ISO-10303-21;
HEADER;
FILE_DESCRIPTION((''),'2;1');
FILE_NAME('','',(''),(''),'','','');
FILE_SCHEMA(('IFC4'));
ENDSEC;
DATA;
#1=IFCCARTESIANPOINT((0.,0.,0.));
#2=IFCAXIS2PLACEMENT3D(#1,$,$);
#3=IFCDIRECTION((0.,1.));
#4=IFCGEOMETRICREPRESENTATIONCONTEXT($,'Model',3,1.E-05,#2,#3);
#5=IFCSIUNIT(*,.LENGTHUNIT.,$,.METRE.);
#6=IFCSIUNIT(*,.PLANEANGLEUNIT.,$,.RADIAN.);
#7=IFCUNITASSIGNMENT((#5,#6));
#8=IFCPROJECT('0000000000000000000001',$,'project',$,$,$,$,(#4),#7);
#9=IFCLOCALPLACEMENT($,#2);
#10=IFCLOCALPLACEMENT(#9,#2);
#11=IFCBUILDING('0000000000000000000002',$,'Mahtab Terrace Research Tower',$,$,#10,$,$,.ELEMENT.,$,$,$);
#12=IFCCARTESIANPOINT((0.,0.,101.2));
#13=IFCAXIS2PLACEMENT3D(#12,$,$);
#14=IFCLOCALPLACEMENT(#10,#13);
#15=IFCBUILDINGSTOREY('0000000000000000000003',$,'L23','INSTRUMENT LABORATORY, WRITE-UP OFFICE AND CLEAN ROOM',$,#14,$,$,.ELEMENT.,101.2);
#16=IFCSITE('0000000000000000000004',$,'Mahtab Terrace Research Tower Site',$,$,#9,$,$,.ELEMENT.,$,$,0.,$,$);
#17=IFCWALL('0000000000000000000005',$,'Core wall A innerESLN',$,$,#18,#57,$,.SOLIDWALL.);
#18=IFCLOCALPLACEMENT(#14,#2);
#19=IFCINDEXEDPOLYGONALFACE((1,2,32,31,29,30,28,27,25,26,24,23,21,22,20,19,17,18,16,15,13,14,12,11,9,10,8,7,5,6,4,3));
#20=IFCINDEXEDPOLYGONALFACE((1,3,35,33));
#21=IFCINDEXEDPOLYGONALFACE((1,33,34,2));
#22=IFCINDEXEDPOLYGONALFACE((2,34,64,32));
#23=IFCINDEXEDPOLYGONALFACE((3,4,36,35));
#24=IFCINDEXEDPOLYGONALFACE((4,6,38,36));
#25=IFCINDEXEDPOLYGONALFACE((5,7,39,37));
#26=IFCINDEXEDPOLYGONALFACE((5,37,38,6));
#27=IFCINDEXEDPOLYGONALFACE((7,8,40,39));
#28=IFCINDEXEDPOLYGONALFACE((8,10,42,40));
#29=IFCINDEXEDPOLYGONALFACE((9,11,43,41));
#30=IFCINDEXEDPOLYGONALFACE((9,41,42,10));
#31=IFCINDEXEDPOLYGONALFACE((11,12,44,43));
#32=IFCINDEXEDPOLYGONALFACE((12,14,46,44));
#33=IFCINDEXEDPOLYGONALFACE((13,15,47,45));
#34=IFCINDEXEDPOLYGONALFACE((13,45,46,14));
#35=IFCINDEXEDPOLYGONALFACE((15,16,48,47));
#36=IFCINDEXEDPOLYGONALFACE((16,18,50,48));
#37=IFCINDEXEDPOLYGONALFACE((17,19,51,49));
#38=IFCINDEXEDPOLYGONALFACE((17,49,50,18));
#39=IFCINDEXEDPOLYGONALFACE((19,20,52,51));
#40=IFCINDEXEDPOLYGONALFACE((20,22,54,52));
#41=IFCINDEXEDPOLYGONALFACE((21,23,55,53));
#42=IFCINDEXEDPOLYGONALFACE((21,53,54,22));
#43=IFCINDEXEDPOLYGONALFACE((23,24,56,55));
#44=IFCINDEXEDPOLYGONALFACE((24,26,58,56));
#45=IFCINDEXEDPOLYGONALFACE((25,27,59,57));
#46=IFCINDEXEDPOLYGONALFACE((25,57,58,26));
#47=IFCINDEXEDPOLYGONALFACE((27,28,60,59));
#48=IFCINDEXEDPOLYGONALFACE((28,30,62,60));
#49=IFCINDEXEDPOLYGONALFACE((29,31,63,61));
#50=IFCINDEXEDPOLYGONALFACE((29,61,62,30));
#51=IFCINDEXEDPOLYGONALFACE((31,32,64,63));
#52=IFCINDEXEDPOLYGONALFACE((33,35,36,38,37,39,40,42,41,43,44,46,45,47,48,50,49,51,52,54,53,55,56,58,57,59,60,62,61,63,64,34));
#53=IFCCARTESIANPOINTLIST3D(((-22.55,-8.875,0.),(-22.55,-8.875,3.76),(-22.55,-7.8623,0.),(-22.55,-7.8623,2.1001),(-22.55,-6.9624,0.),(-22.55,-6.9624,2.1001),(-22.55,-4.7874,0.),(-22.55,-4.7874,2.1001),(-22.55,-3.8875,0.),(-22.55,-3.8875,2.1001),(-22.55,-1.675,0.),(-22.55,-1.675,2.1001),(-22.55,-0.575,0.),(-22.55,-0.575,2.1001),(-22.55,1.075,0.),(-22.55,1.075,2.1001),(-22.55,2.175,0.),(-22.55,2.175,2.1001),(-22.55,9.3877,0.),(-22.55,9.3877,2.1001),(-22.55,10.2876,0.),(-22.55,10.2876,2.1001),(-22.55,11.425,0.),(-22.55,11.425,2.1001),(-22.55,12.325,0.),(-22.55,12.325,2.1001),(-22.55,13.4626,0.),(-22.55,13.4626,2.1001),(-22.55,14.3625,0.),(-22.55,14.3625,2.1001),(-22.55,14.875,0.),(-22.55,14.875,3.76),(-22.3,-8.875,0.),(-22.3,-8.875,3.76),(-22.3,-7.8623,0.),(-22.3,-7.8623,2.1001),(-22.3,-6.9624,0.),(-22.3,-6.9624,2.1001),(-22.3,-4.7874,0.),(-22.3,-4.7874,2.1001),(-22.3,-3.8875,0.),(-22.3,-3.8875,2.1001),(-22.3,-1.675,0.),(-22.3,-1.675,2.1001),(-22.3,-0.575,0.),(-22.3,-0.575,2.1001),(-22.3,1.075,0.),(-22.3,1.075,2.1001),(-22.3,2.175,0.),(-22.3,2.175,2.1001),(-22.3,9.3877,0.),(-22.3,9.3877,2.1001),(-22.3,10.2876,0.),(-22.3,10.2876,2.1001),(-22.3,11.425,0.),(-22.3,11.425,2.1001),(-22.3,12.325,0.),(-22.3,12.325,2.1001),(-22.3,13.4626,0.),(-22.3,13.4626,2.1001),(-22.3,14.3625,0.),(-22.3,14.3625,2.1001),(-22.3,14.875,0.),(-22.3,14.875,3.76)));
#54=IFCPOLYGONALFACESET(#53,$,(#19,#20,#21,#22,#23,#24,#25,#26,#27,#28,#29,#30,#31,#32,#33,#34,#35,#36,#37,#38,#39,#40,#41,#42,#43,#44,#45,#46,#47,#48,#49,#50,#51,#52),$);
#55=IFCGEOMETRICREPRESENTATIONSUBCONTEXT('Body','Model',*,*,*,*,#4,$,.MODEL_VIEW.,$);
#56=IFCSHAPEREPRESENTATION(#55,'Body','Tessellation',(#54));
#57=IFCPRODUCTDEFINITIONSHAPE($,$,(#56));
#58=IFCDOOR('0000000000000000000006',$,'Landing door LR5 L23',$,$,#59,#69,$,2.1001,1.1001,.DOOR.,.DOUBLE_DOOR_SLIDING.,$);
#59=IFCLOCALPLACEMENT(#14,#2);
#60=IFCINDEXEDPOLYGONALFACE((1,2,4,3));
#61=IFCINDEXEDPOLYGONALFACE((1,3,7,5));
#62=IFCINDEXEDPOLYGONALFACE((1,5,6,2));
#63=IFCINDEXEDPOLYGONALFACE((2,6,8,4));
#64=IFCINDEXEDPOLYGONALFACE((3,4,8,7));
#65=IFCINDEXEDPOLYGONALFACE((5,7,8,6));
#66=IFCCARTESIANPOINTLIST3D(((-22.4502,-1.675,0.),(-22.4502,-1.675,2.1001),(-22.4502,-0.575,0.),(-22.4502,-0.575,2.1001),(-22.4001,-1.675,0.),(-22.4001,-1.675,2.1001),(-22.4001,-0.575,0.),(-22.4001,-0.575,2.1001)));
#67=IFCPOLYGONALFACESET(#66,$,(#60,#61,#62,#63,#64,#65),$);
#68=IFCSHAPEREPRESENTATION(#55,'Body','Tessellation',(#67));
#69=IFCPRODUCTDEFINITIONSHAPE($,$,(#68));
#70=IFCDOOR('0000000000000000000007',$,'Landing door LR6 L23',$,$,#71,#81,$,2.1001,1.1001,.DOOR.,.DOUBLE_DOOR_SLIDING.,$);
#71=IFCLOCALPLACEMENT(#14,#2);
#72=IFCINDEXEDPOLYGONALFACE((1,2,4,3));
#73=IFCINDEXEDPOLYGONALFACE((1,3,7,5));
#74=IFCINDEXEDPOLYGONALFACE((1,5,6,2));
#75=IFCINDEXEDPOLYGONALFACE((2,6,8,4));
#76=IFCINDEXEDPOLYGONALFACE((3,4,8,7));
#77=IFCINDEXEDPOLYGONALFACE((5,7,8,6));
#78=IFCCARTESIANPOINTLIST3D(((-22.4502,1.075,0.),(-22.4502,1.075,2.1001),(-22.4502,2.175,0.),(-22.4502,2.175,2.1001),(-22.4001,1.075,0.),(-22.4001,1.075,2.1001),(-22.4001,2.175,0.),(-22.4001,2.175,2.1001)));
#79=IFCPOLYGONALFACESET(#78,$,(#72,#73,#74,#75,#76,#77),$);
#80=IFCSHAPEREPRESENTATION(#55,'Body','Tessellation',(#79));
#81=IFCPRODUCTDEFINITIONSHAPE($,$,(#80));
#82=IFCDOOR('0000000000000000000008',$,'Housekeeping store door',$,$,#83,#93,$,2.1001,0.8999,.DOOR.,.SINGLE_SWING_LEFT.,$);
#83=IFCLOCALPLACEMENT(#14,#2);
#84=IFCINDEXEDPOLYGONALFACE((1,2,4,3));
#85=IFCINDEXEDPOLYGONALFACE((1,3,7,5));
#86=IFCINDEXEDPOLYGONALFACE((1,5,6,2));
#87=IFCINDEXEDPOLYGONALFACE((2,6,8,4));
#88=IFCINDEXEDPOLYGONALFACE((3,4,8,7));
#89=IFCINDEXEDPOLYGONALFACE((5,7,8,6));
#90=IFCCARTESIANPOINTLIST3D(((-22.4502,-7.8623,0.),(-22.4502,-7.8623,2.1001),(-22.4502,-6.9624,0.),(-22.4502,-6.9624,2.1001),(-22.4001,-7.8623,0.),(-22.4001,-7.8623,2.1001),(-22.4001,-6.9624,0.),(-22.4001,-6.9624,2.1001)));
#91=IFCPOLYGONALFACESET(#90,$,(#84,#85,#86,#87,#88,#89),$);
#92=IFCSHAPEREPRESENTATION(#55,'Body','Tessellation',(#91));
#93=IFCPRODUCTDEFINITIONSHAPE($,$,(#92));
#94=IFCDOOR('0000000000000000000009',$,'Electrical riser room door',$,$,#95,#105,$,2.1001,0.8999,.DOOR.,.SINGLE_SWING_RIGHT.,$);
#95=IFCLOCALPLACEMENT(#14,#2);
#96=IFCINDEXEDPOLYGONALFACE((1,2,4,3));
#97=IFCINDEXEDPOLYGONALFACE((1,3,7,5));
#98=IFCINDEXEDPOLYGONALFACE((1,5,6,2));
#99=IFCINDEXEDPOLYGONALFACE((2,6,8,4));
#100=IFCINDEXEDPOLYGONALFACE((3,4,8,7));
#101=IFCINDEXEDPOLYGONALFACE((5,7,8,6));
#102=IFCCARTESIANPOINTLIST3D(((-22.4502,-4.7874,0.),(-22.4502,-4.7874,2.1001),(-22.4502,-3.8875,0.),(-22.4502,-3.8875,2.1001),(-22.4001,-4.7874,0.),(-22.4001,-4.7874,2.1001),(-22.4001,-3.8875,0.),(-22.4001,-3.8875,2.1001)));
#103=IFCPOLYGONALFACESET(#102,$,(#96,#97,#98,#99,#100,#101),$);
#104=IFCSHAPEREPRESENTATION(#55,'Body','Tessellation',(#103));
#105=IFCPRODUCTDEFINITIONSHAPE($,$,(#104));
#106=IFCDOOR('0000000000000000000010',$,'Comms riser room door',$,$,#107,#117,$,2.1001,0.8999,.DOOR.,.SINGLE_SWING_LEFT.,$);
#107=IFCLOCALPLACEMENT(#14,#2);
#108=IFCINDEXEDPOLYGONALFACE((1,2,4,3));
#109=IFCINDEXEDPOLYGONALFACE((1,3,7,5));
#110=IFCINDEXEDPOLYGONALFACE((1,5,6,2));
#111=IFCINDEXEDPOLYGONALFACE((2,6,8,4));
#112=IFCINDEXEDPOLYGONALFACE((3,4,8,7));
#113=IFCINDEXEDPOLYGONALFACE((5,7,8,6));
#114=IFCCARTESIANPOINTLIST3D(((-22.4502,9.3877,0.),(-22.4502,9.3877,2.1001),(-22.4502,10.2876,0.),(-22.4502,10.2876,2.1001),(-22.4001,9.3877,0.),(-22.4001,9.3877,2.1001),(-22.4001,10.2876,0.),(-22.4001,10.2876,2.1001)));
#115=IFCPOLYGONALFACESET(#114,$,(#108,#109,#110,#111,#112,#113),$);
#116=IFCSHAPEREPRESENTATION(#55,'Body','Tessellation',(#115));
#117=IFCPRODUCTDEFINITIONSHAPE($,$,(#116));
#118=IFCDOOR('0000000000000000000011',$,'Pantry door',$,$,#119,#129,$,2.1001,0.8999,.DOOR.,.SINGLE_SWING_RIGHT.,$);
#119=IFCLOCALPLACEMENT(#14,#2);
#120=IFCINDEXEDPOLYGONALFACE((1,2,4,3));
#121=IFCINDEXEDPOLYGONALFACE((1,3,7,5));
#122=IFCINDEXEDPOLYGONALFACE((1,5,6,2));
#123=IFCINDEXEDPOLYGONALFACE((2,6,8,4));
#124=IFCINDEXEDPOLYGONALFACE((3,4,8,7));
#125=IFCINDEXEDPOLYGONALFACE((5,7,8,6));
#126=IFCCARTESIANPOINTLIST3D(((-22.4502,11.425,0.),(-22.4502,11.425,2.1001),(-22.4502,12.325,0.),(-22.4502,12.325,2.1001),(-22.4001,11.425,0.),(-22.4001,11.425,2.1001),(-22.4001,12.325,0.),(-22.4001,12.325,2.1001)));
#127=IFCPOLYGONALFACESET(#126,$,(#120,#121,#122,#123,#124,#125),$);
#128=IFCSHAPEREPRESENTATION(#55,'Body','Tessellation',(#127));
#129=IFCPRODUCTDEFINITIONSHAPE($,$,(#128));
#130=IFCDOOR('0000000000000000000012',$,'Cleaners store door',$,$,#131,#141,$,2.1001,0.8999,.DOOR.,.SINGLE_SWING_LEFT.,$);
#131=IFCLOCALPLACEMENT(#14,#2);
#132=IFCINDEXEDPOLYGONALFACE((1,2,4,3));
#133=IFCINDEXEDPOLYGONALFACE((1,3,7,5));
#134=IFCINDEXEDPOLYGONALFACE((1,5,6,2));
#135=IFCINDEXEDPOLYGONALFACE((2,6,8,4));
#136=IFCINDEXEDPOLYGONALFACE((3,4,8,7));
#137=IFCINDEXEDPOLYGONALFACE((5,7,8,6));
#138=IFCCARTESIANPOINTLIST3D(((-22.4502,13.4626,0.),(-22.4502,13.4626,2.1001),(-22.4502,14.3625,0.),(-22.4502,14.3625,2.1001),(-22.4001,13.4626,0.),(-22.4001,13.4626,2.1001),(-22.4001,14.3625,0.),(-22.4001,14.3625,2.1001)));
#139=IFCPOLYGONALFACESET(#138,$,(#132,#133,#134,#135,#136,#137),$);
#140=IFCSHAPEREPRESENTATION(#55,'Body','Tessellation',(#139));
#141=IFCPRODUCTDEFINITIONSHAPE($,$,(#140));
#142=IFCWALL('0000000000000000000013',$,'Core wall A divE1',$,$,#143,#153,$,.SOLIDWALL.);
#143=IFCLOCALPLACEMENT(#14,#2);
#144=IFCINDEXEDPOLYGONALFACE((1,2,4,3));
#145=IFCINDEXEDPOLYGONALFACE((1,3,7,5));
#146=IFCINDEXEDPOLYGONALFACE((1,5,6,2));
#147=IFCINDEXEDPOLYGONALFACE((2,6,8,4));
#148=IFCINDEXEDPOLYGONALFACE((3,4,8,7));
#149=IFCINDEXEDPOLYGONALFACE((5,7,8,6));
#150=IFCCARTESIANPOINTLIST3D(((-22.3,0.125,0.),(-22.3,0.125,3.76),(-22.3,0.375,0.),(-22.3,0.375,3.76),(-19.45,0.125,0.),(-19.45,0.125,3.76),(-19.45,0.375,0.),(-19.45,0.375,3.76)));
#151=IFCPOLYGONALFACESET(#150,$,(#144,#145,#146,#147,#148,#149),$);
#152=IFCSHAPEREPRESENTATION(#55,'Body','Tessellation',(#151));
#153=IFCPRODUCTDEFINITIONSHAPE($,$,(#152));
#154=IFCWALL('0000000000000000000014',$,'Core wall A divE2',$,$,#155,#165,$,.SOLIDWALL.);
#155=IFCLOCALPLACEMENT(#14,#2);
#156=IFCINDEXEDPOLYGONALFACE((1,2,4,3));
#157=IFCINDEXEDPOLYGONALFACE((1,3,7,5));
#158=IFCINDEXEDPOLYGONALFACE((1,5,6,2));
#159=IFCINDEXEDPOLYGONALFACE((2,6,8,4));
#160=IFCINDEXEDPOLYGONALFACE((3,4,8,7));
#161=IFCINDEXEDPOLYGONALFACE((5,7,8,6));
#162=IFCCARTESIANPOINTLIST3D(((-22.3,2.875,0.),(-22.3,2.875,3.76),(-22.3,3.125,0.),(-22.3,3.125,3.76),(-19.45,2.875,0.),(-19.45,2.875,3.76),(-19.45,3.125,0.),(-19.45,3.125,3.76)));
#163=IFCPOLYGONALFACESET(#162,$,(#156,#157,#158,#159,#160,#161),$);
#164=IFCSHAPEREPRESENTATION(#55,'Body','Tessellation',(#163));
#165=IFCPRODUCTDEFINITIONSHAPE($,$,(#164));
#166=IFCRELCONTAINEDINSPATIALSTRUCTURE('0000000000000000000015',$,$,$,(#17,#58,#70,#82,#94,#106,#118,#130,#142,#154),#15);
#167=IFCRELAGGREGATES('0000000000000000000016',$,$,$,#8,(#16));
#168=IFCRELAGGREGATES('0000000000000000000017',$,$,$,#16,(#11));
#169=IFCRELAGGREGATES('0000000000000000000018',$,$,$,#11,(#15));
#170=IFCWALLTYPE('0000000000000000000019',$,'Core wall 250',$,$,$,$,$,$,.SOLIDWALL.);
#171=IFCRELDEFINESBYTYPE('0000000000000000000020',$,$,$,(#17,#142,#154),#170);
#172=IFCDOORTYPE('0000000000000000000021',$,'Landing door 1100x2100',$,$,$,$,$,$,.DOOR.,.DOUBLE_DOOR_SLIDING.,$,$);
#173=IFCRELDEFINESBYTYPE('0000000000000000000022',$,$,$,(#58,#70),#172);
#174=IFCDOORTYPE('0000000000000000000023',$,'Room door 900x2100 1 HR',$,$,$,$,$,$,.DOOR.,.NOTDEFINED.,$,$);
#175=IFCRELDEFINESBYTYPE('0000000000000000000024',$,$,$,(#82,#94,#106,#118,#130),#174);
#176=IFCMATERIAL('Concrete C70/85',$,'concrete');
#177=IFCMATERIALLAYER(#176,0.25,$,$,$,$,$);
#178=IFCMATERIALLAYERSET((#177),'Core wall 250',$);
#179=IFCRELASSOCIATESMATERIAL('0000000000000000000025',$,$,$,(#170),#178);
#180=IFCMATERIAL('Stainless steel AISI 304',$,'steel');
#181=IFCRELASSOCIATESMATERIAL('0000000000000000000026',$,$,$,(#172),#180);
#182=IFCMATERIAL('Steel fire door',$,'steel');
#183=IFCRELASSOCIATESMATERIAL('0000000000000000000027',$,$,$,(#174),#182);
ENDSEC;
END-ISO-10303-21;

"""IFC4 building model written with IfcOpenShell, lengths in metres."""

from ifc_helpers import new_model, si_unit, direction, frame, frame_2d, origin, place, context, subcontext, project, spatial, rectangle, extrude, material, layer, layer_set, type_object, element, fill, save


model = new_model("IFC4")

# Units and contexts
model_context = context("Model", 3, precision=1e-05, world=origin(), true_north=direction((0.0, 1.0)))
body_context = subcontext(model_context, "Body", "Model", "MODEL_VIEW")
ifc_project = project(units=[si_unit("LENGTHUNIT", "METRE"), si_unit("PLANEANGLEUNIT", "RADIAN")], contexts=[model_context])

# Site, building, storey
site_placement = place(None, origin())
site = spatial("IfcSite", under=ifc_project, at=site_placement, Name="Mahtab Terrace Research Tower Site", CompositionType="ELEMENT", RefElevation=0.0)
building_placement = place(site_placement, origin())
building = spatial("IfcBuilding", under=site, at=building_placement, Name="Mahtab Terrace Research Tower", CompositionType="ELEMENT")
storey_placement = place(building_placement, frame((0.0, 0.0, 101.2)))
storey = spatial("IfcBuildingStorey", under=building, at=storey_placement, Name="L23", Description="INSTRUMENT LABORATORY, WRITE-UP OFFICE AND CLEAN ROOM", CompositionType="ELEMENT", Elevation=101.2)

# Shared definitions
ifc_material_1 = material(Name="Concrete C70/85", Category="concrete")

# Shared definitions
ifc_layer_1 = layer(ifc_material_1, 0.25)
ifc_layer_set_1 = layer_set([ifc_layer_1], Name="Core wall 250")
wall_type_1 = type_object("IfcWallType", Name="Core wall 250", PredefinedType="SOLIDWALL", material=ifc_layer_set_1)
ifc_material_2 = material(Name="Steel fire door", Category="steel")

# Wall, openings, doors
wall_1_placement = place(storey_placement, frame((-22.425, 14.875, 0.0), z_axis=(0.0, 0.0, 1.0), x_axis=(0.0, -1.0, 0.0)))
wall_1 = element("IfcWall", 1, at=wall_1_placement, inside=storey, type_object=wall_type_1, Name="Core wall A innerESLN", PredefinedType="SOLIDWALL", context=body_context, shape_type="SweptSolid", body=[
    extrude(rectangle(XDim=23.75, YDim=0.25, at=frame_2d((11.875, 0.0))), origin(), (0.0, 0.0, 1.0), 3.76),
])
opening_1_placement = place(wall_1_placement, frame((15.45, 0.0, 0.0)))
opening_1 = element("IfcOpeningElement", 2, at=opening_1_placement, cuts=wall_1, PredefinedType="OPENING", context=body_context, shape_type="SweptSolid", body=[
    extrude(rectangle(XDim=1.1001, YDim=2.1001, at=frame_2d((0.55, 1.05))), frame((0.0, 0.135, 0.0), z_axis=(0.0, -1.0, 0.0), x_axis=(1.0, 0.0, 0.0)), (0.0, 0.0, 1.0), 0.27),
])
opening_2_placement = place(wall_1_placement, frame((12.7, 0.0, 0.0)))
opening_2 = element("IfcOpeningElement", 3, at=opening_2_placement, cuts=wall_1, PredefinedType="OPENING", context=body_context, shape_type="SweptSolid", body=[
    extrude(rectangle(XDim=1.1001, YDim=2.1001, at=frame_2d((0.55, 1.05))), frame((0.0, 0.135, 0.0), z_axis=(0.0, -1.0, 0.0), x_axis=(1.0, 0.0, 0.0)), (0.0, 0.0, 1.0), 0.27),
])
opening_3_placement = place(wall_1_placement, frame((21.8374, 0.0, 0.0)))
opening_3 = element("IfcOpeningElement", 4, at=opening_3_placement, cuts=wall_1, PredefinedType="OPENING", context=body_context, shape_type="SweptSolid", body=[
    extrude(rectangle(XDim=0.8999, YDim=2.1001, at=frame_2d((0.45, 1.05))), frame((0.0, 0.135, 0.0), z_axis=(0.0, -1.0, 0.0), x_axis=(1.0, 0.0, 0.0)), (0.0, 0.0, 1.0), 0.27),
])
opening_4_placement = place(wall_1_placement, frame((18.7625, 0.0, 0.0)))
opening_4 = element("IfcOpeningElement", 5, at=opening_4_placement, cuts=wall_1, PredefinedType="OPENING", context=body_context, shape_type="SweptSolid", body=[
    extrude(rectangle(XDim=0.8999, YDim=2.1001, at=frame_2d((0.45, 1.05))), frame((0.0, 0.135, 0.0), z_axis=(0.0, -1.0, 0.0), x_axis=(1.0, 0.0, 0.0)), (0.0, 0.0, 1.0), 0.27),
])
opening_5_placement = place(wall_1_placement, frame((4.5874, 0.0, 0.0)))
opening_5 = element("IfcOpeningElement", 6, at=opening_5_placement, cuts=wall_1, PredefinedType="OPENING", context=body_context, shape_type="SweptSolid", body=[
    extrude(rectangle(XDim=0.8999, YDim=2.1001, at=frame_2d((0.45, 1.05))), frame((0.0, 0.135, 0.0), z_axis=(0.0, -1.0, 0.0), x_axis=(1.0, 0.0, 0.0)), (0.0, 0.0, 1.0), 0.27),
])
opening_6_placement = place(wall_1_placement, frame((2.55, 0.0, 0.0)))
opening_6 = element("IfcOpeningElement", 7, at=opening_6_placement, cuts=wall_1, PredefinedType="OPENING", context=body_context, shape_type="SweptSolid", body=[
    extrude(rectangle(XDim=0.8999, YDim=2.1001, at=frame_2d((0.45, 1.05))), frame((0.0, 0.135, 0.0), z_axis=(0.0, -1.0, 0.0), x_axis=(1.0, 0.0, 0.0)), (0.0, 0.0, 1.0), 0.27),
])
opening_7_placement = place(wall_1_placement, frame((0.5125, 0.0, 0.0)))
opening_7 = element("IfcOpeningElement", 8, at=opening_7_placement, cuts=wall_1, PredefinedType="OPENING", context=body_context, shape_type="SweptSolid", body=[
    extrude(rectangle(XDim=0.8999, YDim=2.1001, at=frame_2d((0.45, 1.05))), frame((0.0, 0.135, 0.0), z_axis=(0.0, -1.0, 0.0), x_axis=(1.0, 0.0, 0.0)), (0.0, 0.0, 1.0), 0.27),
])
ifc_material_3 = material(Name="Stainless steel AISI 304", Category="steel")
door_type_1 = type_object("IfcDoorType", Name="Landing door 1100x2100", OperationType="DOUBLE_DOOR_SLIDING", PredefinedType="DOOR", material=ifc_material_3)
door_1_placement = place(opening_1_placement, origin())
door_1 = element("IfcDoor", 9, at=door_1_placement, inside=storey, type_object=door_type_1, Name="Landing door LR5 L23", OperationType="DOUBLE_DOOR_SLIDING", OverallHeight=2.1001, OverallWidth=1.1001, PredefinedType="DOOR", context=body_context, shape_type="SweptSolid", body=[
    extrude(rectangle(XDim=1.1001, YDim=2.1001, at=frame_2d((0.55, 1.05))), frame((0.0, 0.0249, 0.0), z_axis=(0.0, -1.0, 0.0), x_axis=(1.0, 0.0, 0.0)), (0.0, 0.0, 1.0), 0.05),
])
fill(opening_1, door_1)
door_2_placement = place(opening_2_placement, origin())
door_2 = element("IfcDoor", 10, at=door_2_placement, inside=storey, type_object=door_type_1, Name="Landing door LR6 L23", OperationType="DOUBLE_DOOR_SLIDING", OverallHeight=2.1001, OverallWidth=1.1001, PredefinedType="DOOR", context=body_context, shape_type="SweptSolid", body=[
    extrude(rectangle(XDim=1.1001, YDim=2.1001, at=frame_2d((0.55, 1.05))), frame((0.0, 0.0249, 0.0), z_axis=(0.0, -1.0, 0.0), x_axis=(1.0, 0.0, 0.0)), (0.0, 0.0, 1.0), 0.05),
])
fill(opening_2, door_2)
door_type_2 = type_object("IfcDoorType", Name="Room door 900x2100 1 HR", OperationType="NOTDEFINED", PredefinedType="DOOR", material=ifc_material_2)
door_3_placement = place(opening_3_placement, origin())
door_3 = element("IfcDoor", 11, at=door_3_placement, inside=storey, type_object=door_type_2, Name="Housekeeping store door", OperationType="SINGLE_SWING_LEFT", OverallHeight=2.1001, OverallWidth=0.8999, PredefinedType="DOOR", context=body_context, shape_type="SweptSolid", body=[
    extrude(rectangle(XDim=0.8999, YDim=2.1001, at=frame_2d((0.45, 1.05))), frame((0.0, 0.0249, 0.0), z_axis=(0.0, -1.0, 0.0), x_axis=(1.0, 0.0, 0.0)), (0.0, 0.0, 1.0), 0.05),
])
fill(opening_3, door_3)
door_4_placement = place(opening_4_placement, origin())
door_4 = element("IfcDoor", 12, at=door_4_placement, inside=storey, type_object=door_type_2, Name="Electrical riser room door", OperationType="SINGLE_SWING_RIGHT", OverallHeight=2.1001, OverallWidth=0.8999, PredefinedType="DOOR", context=body_context, shape_type="SweptSolid", body=[
    extrude(rectangle(XDim=0.8999, YDim=2.1001, at=frame_2d((0.45, 1.05))), frame((0.0, 0.0249, 0.0), z_axis=(0.0, -1.0, 0.0), x_axis=(1.0, 0.0, 0.0)), (0.0, 0.0, 1.0), 0.05),
])
fill(opening_4, door_4)
door_5_placement = place(opening_5_placement, origin())
door_5 = element("IfcDoor", 13, at=door_5_placement, inside=storey, type_object=door_type_2, Name="Comms riser room door", OperationType="SINGLE_SWING_LEFT", OverallHeight=2.1001, OverallWidth=0.8999, PredefinedType="DOOR", context=body_context, shape_type="SweptSolid", body=[
    extrude(rectangle(XDim=0.8999, YDim=2.1001, at=frame_2d((0.45, 1.05))), frame((0.0, 0.0249, 0.0), z_axis=(0.0, -1.0, 0.0), x_axis=(1.0, 0.0, 0.0)), (0.0, 0.0, 1.0), 0.05),
])
fill(opening_5, door_5)
door_6_placement = place(opening_6_placement, origin())
door_6 = element("IfcDoor", 14, at=door_6_placement, inside=storey, type_object=door_type_2, Name="Pantry door", OperationType="SINGLE_SWING_RIGHT", OverallHeight=2.1001, OverallWidth=0.8999, PredefinedType="DOOR", context=body_context, shape_type="SweptSolid", body=[
    extrude(rectangle(XDim=0.8999, YDim=2.1001, at=frame_2d((0.45, 1.05))), frame((0.0, 0.0249, 0.0), z_axis=(0.0, -1.0, 0.0), x_axis=(1.0, 0.0, 0.0)), (0.0, 0.0, 1.0), 0.05),
])
fill(opening_6, door_6)
door_7_placement = place(opening_7_placement, origin())
door_7 = element("IfcDoor", 15, at=door_7_placement, inside=storey, type_object=door_type_2, Name="Cleaners store door", OperationType="SINGLE_SWING_LEFT", OverallHeight=2.1001, OverallWidth=0.8999, PredefinedType="DOOR", context=body_context, shape_type="SweptSolid", body=[
    extrude(rectangle(XDim=0.8999, YDim=2.1001, at=frame_2d((0.45, 1.05))), frame((0.0, 0.0249, 0.0), z_axis=(0.0, -1.0, 0.0), x_axis=(1.0, 0.0, 0.0)), (0.0, 0.0, 1.0), 0.05),
])
fill(opening_7, door_7)

# Walls
for number, where, z_axis, x_axis, name in (
    (16, (-22.3, 0.25, 0.0), (0.0, 0.0, 1.0), (1.0, 0.0, 0.0), "Core wall A divE1"),
    (17, (-22.3, 3.0, 0.0), (0.0, 0.0, 1.0), (1.0, 0.0, 0.0), "Core wall A divE2"),
):
    element("IfcWall", number, at=place(storey_placement, frame(where, z_axis=z_axis, x_axis=x_axis)), inside=storey, type_object=wall_type_1, Name=name, PredefinedType="SOLIDWALL", context=body_context, shape_type="SweptSolid", body=[
        extrude(rectangle(XDim=2.8501, YDim=0.25, at=frame_2d((1.425, 0.0))), origin(), (0.0, 0.0, 1.0), 3.76),
    ])

save(model, "model.ifc")
